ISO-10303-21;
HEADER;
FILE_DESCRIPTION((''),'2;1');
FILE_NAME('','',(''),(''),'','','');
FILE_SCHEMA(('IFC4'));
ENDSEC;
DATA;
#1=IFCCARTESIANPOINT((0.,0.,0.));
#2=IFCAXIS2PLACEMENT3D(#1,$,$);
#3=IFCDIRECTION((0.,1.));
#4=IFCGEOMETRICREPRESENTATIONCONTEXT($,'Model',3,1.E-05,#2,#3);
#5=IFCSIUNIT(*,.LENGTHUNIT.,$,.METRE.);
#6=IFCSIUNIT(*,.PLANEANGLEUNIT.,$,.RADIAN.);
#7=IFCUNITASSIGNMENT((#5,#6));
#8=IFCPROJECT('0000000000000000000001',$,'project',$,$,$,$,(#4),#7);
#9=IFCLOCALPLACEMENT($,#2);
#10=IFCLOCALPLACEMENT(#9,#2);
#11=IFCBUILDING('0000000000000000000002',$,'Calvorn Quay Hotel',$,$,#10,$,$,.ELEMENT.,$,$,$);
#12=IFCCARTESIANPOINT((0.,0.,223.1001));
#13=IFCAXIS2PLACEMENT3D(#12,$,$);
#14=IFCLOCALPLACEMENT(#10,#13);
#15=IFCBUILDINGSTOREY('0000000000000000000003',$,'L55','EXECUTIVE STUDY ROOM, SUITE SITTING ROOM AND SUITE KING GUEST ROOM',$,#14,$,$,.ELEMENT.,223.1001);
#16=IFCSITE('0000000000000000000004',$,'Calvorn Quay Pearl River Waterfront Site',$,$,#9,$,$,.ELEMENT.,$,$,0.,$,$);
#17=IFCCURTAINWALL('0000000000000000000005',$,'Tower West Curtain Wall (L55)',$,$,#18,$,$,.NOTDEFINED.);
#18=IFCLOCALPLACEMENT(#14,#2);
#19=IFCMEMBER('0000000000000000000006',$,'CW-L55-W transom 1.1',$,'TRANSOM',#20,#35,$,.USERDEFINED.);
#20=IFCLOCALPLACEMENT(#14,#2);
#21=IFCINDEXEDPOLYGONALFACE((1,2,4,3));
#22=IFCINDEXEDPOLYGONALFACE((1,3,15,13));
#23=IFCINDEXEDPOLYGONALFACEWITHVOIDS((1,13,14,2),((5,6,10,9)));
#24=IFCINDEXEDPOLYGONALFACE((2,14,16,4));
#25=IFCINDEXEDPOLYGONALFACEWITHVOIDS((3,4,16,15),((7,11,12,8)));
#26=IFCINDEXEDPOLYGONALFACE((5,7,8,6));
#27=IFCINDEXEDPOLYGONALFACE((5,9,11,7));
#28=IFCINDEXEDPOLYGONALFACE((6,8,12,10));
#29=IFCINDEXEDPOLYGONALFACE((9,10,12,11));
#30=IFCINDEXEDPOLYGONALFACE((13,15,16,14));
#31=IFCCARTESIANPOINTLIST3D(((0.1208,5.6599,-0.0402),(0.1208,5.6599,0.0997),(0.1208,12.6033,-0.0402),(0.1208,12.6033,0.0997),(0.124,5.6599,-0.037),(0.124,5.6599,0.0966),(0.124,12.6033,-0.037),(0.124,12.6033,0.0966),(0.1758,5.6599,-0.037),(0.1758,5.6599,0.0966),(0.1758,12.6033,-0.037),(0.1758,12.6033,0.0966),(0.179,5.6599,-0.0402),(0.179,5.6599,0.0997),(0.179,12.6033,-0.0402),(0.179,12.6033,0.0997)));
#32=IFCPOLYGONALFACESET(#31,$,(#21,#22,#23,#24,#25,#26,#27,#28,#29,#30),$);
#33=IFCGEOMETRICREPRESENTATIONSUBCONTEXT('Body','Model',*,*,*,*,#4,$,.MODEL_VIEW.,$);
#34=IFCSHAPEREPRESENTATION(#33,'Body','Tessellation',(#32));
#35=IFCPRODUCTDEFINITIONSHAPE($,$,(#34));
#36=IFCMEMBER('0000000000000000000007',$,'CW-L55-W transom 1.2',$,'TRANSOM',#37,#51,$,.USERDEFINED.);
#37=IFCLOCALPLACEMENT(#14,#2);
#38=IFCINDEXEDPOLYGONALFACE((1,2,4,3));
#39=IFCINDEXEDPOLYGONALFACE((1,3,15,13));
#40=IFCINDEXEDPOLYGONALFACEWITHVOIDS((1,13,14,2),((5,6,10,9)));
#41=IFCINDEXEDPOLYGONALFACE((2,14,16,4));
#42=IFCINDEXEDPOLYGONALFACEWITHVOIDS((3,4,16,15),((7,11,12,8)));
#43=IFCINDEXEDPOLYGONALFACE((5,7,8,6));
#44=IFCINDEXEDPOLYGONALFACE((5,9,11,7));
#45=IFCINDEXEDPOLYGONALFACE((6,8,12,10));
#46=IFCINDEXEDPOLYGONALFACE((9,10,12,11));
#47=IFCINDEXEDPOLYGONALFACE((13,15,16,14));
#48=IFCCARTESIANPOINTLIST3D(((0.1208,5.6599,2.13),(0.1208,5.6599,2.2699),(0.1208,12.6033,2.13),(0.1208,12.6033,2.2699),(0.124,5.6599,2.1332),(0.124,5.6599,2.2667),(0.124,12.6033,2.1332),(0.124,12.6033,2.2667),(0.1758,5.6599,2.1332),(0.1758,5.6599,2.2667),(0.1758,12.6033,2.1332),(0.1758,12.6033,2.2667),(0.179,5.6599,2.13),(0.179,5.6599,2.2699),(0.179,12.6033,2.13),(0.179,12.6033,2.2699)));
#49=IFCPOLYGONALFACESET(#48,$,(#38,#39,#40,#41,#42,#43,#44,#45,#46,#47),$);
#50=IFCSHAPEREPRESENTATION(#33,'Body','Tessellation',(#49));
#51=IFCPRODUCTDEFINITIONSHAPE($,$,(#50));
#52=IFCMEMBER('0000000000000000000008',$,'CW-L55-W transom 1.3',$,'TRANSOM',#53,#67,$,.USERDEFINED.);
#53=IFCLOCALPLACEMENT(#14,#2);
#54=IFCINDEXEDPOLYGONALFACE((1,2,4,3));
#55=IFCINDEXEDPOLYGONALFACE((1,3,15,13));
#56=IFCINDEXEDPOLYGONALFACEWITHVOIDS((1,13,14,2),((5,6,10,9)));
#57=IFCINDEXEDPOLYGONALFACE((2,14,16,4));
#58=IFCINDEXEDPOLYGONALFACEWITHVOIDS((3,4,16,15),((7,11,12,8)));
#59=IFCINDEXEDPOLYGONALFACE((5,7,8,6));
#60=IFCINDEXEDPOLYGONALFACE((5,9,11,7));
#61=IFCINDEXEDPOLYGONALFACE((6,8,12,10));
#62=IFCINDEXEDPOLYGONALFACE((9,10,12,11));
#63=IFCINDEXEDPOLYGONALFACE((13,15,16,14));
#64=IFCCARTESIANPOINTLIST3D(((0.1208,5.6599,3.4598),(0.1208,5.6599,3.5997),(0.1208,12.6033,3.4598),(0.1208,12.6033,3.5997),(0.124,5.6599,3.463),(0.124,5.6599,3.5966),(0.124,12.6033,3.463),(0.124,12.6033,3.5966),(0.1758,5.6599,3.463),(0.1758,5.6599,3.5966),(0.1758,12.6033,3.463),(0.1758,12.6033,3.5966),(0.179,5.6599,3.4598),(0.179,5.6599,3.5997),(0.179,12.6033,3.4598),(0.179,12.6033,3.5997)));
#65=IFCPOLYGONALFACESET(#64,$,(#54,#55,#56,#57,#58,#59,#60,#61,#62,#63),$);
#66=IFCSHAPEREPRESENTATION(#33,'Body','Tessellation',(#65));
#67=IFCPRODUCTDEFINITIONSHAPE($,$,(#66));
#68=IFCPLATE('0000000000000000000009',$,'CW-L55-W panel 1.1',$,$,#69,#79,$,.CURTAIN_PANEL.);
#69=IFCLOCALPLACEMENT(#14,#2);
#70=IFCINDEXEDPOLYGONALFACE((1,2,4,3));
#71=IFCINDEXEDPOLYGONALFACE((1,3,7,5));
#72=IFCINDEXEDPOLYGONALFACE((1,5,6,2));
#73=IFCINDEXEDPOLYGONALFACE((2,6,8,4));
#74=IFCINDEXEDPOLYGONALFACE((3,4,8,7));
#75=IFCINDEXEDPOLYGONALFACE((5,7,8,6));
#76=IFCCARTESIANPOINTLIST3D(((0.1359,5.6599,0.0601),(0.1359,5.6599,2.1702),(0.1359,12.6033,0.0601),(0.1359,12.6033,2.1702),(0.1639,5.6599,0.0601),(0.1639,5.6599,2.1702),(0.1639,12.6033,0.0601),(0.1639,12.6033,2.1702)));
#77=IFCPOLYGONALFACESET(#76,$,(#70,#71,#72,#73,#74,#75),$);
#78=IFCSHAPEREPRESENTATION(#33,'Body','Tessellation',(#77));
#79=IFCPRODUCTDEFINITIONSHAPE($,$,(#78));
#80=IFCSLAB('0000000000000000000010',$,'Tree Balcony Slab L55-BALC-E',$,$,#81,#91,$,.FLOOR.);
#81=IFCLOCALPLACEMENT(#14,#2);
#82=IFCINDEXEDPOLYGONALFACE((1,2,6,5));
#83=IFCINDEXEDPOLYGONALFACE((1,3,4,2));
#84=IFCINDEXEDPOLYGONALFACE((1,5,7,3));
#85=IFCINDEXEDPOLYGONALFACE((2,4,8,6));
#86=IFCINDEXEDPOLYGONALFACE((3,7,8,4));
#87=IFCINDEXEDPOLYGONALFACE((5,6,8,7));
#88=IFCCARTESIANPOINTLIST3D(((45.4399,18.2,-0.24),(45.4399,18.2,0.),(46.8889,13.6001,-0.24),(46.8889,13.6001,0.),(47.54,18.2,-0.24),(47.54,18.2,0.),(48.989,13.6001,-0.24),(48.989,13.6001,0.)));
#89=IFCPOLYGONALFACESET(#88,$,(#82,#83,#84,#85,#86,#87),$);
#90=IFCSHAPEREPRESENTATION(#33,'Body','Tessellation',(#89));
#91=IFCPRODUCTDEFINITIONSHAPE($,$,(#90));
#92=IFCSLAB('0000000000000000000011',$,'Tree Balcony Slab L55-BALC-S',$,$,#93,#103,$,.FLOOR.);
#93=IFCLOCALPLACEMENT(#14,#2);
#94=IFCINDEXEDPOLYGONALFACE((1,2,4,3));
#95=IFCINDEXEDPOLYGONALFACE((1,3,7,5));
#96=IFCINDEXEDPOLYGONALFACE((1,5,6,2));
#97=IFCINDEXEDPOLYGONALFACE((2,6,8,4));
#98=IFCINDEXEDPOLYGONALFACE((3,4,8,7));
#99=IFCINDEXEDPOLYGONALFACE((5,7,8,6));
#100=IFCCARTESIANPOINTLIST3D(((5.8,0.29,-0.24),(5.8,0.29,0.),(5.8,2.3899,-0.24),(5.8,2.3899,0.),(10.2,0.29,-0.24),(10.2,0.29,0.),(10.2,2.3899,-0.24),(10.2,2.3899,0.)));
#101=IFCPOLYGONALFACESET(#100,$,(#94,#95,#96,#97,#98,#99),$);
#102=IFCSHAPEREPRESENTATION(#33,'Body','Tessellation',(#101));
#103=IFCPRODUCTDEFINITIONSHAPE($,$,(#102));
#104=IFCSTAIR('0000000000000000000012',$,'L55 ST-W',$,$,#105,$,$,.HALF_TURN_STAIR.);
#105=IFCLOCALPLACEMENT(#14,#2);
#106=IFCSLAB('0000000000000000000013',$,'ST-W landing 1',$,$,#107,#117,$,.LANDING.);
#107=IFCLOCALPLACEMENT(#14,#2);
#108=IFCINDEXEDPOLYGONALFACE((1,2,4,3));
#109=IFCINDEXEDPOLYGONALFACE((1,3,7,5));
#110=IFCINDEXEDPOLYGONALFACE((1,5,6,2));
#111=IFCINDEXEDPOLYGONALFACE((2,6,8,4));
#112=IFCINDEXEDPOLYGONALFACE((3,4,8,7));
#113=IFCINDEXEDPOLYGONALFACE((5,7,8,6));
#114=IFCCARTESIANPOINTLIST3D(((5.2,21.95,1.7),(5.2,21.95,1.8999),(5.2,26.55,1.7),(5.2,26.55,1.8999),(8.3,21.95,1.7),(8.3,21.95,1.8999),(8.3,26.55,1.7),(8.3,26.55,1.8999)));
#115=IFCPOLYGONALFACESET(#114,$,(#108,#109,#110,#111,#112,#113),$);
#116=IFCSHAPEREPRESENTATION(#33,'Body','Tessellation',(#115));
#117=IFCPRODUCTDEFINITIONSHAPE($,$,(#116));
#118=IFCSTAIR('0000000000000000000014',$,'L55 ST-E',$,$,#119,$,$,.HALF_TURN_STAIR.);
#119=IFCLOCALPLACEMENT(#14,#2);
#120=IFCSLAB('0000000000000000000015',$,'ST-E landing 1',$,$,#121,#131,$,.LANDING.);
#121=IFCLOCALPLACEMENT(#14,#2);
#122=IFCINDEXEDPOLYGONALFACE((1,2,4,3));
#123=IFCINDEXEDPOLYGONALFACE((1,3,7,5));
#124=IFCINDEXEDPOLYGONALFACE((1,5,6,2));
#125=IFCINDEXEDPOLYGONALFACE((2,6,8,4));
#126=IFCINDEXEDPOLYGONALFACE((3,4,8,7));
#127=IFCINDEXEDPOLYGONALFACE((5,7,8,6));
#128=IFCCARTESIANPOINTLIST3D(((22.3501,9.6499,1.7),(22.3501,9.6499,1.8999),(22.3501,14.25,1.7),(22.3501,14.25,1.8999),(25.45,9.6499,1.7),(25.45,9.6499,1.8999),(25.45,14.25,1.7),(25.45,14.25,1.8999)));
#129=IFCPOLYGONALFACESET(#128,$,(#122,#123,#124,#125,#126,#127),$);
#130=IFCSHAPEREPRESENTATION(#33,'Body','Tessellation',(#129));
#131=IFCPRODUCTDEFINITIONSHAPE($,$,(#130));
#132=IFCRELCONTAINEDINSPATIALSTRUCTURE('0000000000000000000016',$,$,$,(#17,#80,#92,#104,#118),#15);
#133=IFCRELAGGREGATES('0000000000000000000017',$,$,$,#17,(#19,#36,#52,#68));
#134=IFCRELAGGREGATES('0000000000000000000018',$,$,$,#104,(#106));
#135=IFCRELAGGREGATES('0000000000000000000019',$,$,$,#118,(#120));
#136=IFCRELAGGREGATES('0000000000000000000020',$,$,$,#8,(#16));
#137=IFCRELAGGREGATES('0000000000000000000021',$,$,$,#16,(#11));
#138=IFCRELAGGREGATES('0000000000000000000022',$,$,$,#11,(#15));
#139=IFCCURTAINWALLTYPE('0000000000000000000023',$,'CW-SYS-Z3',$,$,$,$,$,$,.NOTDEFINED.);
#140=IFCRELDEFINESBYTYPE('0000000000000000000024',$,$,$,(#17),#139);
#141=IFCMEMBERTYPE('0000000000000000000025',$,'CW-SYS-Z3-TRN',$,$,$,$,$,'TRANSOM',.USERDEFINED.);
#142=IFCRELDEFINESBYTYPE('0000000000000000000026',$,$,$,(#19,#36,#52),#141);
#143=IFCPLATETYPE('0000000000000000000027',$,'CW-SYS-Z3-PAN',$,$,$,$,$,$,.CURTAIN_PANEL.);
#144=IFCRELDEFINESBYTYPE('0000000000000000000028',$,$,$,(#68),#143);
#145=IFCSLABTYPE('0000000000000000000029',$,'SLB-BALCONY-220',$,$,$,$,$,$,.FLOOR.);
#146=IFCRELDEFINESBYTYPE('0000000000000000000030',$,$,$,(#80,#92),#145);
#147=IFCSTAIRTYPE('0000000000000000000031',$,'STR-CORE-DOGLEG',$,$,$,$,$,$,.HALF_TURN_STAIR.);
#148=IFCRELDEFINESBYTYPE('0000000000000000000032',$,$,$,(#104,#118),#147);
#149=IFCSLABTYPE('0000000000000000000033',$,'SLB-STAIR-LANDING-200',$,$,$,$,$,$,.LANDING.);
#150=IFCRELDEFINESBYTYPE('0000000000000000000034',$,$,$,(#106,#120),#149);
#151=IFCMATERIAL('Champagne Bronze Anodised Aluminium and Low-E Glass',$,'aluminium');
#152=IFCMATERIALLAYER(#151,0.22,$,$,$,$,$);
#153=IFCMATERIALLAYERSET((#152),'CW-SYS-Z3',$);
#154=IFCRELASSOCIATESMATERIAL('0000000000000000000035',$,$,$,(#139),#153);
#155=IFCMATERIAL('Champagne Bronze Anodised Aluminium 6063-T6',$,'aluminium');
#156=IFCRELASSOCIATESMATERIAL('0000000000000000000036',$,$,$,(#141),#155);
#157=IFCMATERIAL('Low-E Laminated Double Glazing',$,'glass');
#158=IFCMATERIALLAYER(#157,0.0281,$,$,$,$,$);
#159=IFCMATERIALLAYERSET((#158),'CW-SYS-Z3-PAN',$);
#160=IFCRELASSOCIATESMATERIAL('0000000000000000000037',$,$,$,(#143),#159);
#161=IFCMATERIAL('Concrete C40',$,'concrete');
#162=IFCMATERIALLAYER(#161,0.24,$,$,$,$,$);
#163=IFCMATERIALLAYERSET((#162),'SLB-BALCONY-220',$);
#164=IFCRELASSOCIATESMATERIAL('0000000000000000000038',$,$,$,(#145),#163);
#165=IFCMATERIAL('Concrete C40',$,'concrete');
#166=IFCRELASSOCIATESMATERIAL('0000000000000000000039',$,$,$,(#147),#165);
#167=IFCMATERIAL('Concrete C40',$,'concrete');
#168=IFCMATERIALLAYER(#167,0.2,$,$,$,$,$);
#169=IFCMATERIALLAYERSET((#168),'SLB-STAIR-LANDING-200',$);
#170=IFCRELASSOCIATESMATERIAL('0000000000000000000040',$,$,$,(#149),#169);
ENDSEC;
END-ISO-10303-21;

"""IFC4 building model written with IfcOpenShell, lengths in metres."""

from ifc_helpers import new_model, si_unit, direction, frame, origin, origin_2d, place, context, subcontext, project, spatial, polyline, rectangle, hollow_rectangle, outline, extrude, material, layer, layer_set, material_profile, profile_set, type_object, element, aggregate, save


model = new_model("IFC4")

# Units and contexts
model_context = context("Model", 3, precision=1e-05, world=origin(), true_north=direction((0.0, 1.0)))
body_context = subcontext(model_context, "Body", "Model", "MODEL_VIEW")
ifc_project = project(units=[si_unit("LENGTHUNIT", "METRE"), si_unit("PLANEANGLEUNIT", "RADIAN")], contexts=[model_context])

# Site, building, storey
site_placement = place(None, origin())
site = spatial("IfcSite", under=ifc_project, at=site_placement, Name="Calvorn Quay Pearl River Waterfront Site", CompositionType="ELEMENT", RefElevation=0.0)
building_placement = place(site_placement, origin())
building = spatial("IfcBuilding", under=site, at=building_placement, Name="Calvorn Quay Hotel", CompositionType="ELEMENT")
storey_placement = place(building_placement, frame((0.0, 0.0, 223.1001)))
storey = spatial("IfcBuildingStorey", under=building, at=storey_placement, Name="L55", Description="EXECUTIVE STUDY ROOM, SUITE SITTING ROOM AND SUITE KING GUEST ROOM", CompositionType="ELEMENT", Elevation=223.1001)

# Curtain wall, members, plate
ifc_material_1 = material(Name="Champagne Bronze Anodised Aluminium and Low-E Glass", Category="aluminium")
ifc_layer_1 = layer(ifc_material_1, 0.22)
ifc_layer_set_1 = layer_set([ifc_layer_1], Name="CW-SYS-Z3")
curtain_wall_type = type_object("IfcCurtainWallType", Name="CW-SYS-Z3", PredefinedType="NOTDEFINED", material=ifc_layer_set_1)
curtain_wall_placement = place(storey_placement, origin())
curtain_wall = element("IfcCurtainWall", 1, at=curtain_wall_placement, inside=storey, type_object=curtain_wall_type, Name="Tower West Curtain Wall (L55)", PredefinedType="NOTDEFINED")
ifc_material_2 = material(Name="Champagne Bronze Anodised Aluminium 6063-T6", Category="aluminium")
ifc_material_profile_1 = material_profile(ifc_material_2, hollow_rectangle(XDim=0.0581, YDim=0.1399, WallThickness=0.0032, at=origin_2d()), Name="ALU-T140x58x3.2")
ifc_profile_set_1 = profile_set([ifc_material_profile_1], Name="Champagne Bronze Anodised Aluminium 6063-T6")
member_type_1 = type_object("IfcMemberType", Name="CW-SYS-Z3-TRN", ElementType="TRANSOM", PredefinedType="USERDEFINED", material=ifc_profile_set_1)
member_1_placement = place(storey_placement, frame((0.1499, 5.6599, 0.0298), z_axis=(0.0, 1.0, 0.0), x_axis=(-1.0, 0.0, 0.0)))
member_1 = element("IfcMember", 2, at=member_1_placement, type_object=member_type_1, Name="CW-L55-W transom 1.1", ObjectType="TRANSOM", PredefinedType="USERDEFINED", context=body_context, shape_type="SweptSolid", body=[
    extrude(hollow_rectangle(XDim=0.0581, YDim=0.1399, WallThickness=0.0032, at=origin_2d()), origin(), (0.0, 0.0, 1.0), 6.9434),
])
member_2_placement = place(storey_placement, frame((0.1499, 5.6599, 2.2), z_axis=(0.0, 1.0, 0.0), x_axis=(-1.0, 0.0, 0.0)))
member_2 = element("IfcMember", 3, at=member_2_placement, type_object=member_type_1, Name="CW-L55-W transom 1.2", ObjectType="TRANSOM", PredefinedType="USERDEFINED", context=body_context, shape_type="SweptSolid", body=[
    extrude(hollow_rectangle(XDim=0.0581, YDim=0.1399, WallThickness=0.0032, at=origin_2d()), origin(), (0.0, 0.0, 1.0), 6.9434),
])
member_3_placement = place(storey_placement, frame((0.1499, 5.6599, 3.5298), z_axis=(0.0, 1.0, 0.0), x_axis=(-1.0, 0.0, 0.0)))
member_3 = element("IfcMember", 4, at=member_3_placement, type_object=member_type_1, Name="CW-L55-W transom 1.3", ObjectType="TRANSOM", PredefinedType="USERDEFINED", context=body_context, shape_type="SweptSolid", body=[
    extrude(hollow_rectangle(XDim=0.0581, YDim=0.1399, WallThickness=0.0032, at=origin_2d()), origin(), (0.0, 0.0, 1.0), 6.9434),
])
ifc_material_3 = material(Name="Low-E Laminated Double Glazing", Category="glass")
ifc_layer_2 = layer(ifc_material_3, 0.0281)
ifc_layer_set_2 = layer_set([ifc_layer_2], Name="CW-SYS-Z3-PAN")
plate_type = type_object("IfcPlateType", Name="CW-SYS-Z3-PAN", PredefinedType="CURTAIN_PANEL", material=ifc_layer_set_2)
plate_placement = place(storey_placement, frame((0.1499, 9.1316, 0.0601), z_axis=(0.0, 0.0, 1.0), x_axis=(0.0, 1.0, 0.0)))
plate = element("IfcPlate", 5, at=plate_placement, type_object=plate_type, Name="CW-L55-W panel 1.1", PredefinedType="CURTAIN_PANEL", context=body_context, shape_type="SweptSolid", body=[
    extrude(rectangle(XDim=6.9434, YDim=0.0281, at=origin_2d()), origin(), (0.0, 0.0, 1.0), 2.1101),
])
aggregate(curtain_wall, [member_1, member_2, member_3, plate])

# Slabs
ifc_material_4 = material(Name="Concrete C40", Category="concrete")
ifc_layer_3 = layer(ifc_material_4, 0.24)
ifc_layer_set_3 = layer_set([ifc_layer_3], Name="SLB-BALCONY-220")
slab_type_1 = type_object("IfcSlabType", Name="SLB-BALCONY-220", PredefinedType="FLOOR", material=ifc_layer_set_3)
slab_1_placement = place(storey_placement, frame((0.0, 0.0, -0.24)))
element("IfcSlab", 6, at=slab_1_placement, inside=storey, type_object=slab_type_1, Name="Tree Balcony Slab L55-BALC-E", PredefinedType="FLOOR", context=body_context, shape_type="SweptSolid", body=[
    extrude(outline(polyline([(46.8889, 13.6001), (48.989, 13.6001), (47.54, 18.2), (45.4399, 18.2), (46.8889, 13.6001)])), origin(), (0.0, 0.0, 1.0), 0.24),
])
slab_2_placement = place(storey_placement, frame((0.0, 0.0, -0.24)))
element("IfcSlab", 7, at=slab_2_placement, inside=storey, type_object=slab_type_1, Name="Tree Balcony Slab L55-BALC-S", PredefinedType="FLOOR", context=body_context, shape_type="SweptSolid", body=[
    extrude(outline(polyline([(5.8, 0.29), (10.2, 0.29), (10.2, 2.3899), (5.8, 2.3899), (5.8, 0.29)])), origin(), (0.0, 0.0, 1.0), 0.24),
])

# Stairs, slabs
ifc_material_5 = material(Name="Concrete C40", Category="concrete")
stair_type = type_object("IfcStairType", Name="STR-CORE-DOGLEG", PredefinedType="HALF_TURN_STAIR", material=ifc_material_5)
stair_1_placement = place(storey_placement, origin())
stair_1 = element("IfcStair", 8, at=stair_1_placement, inside=storey, type_object=stair_type, Name="L55 ST-W", PredefinedType="HALF_TURN_STAIR")
ifc_material_6 = material(Name="Concrete C40", Category="concrete")
ifc_layer_4 = layer(ifc_material_6, 0.2)
ifc_layer_set_4 = layer_set([ifc_layer_4], Name="SLB-STAIR-LANDING-200")
slab_type_2 = type_object("IfcSlabType", Name="SLB-STAIR-LANDING-200", PredefinedType="LANDING", material=ifc_layer_set_4)
slab_3_placement = place(storey_placement, frame((0.0, 0.0, 1.7)))
slab_3 = element("IfcSlab", 9, at=slab_3_placement, type_object=slab_type_2, Name="ST-W landing 1", PredefinedType="LANDING", context=body_context, shape_type="SweptSolid", body=[
    extrude(outline(polyline([(8.3, 21.95), (8.3, 26.55), (5.2, 26.55), (5.2, 21.95), (8.3, 21.95)])), origin(), (0.0, 0.0, 1.0), 0.2),
])
aggregate(stair_1, [slab_3])
stair_2_placement = place(storey_placement, origin())
stair_2 = element("IfcStair", 10, at=stair_2_placement, inside=storey, type_object=stair_type, Name="L55 ST-E", PredefinedType="HALF_TURN_STAIR")
slab_4_placement = place(storey_placement, frame((0.0, 0.0, 1.7)))
slab_4 = element("IfcSlab", 11, at=slab_4_placement, type_object=slab_type_2, Name="ST-E landing 1", PredefinedType="LANDING", context=body_context, shape_type="SweptSolid", body=[
    extrude(outline(polyline([(25.45, 9.6499), (25.45, 14.25), (22.3501, 14.25), (22.3501, 9.6499), (25.45, 9.6499)])), origin(), (0.0, 0.0, 1.0), 0.2),
])
aggregate(stair_2, [slab_4])

save(model, "model.ifc")
